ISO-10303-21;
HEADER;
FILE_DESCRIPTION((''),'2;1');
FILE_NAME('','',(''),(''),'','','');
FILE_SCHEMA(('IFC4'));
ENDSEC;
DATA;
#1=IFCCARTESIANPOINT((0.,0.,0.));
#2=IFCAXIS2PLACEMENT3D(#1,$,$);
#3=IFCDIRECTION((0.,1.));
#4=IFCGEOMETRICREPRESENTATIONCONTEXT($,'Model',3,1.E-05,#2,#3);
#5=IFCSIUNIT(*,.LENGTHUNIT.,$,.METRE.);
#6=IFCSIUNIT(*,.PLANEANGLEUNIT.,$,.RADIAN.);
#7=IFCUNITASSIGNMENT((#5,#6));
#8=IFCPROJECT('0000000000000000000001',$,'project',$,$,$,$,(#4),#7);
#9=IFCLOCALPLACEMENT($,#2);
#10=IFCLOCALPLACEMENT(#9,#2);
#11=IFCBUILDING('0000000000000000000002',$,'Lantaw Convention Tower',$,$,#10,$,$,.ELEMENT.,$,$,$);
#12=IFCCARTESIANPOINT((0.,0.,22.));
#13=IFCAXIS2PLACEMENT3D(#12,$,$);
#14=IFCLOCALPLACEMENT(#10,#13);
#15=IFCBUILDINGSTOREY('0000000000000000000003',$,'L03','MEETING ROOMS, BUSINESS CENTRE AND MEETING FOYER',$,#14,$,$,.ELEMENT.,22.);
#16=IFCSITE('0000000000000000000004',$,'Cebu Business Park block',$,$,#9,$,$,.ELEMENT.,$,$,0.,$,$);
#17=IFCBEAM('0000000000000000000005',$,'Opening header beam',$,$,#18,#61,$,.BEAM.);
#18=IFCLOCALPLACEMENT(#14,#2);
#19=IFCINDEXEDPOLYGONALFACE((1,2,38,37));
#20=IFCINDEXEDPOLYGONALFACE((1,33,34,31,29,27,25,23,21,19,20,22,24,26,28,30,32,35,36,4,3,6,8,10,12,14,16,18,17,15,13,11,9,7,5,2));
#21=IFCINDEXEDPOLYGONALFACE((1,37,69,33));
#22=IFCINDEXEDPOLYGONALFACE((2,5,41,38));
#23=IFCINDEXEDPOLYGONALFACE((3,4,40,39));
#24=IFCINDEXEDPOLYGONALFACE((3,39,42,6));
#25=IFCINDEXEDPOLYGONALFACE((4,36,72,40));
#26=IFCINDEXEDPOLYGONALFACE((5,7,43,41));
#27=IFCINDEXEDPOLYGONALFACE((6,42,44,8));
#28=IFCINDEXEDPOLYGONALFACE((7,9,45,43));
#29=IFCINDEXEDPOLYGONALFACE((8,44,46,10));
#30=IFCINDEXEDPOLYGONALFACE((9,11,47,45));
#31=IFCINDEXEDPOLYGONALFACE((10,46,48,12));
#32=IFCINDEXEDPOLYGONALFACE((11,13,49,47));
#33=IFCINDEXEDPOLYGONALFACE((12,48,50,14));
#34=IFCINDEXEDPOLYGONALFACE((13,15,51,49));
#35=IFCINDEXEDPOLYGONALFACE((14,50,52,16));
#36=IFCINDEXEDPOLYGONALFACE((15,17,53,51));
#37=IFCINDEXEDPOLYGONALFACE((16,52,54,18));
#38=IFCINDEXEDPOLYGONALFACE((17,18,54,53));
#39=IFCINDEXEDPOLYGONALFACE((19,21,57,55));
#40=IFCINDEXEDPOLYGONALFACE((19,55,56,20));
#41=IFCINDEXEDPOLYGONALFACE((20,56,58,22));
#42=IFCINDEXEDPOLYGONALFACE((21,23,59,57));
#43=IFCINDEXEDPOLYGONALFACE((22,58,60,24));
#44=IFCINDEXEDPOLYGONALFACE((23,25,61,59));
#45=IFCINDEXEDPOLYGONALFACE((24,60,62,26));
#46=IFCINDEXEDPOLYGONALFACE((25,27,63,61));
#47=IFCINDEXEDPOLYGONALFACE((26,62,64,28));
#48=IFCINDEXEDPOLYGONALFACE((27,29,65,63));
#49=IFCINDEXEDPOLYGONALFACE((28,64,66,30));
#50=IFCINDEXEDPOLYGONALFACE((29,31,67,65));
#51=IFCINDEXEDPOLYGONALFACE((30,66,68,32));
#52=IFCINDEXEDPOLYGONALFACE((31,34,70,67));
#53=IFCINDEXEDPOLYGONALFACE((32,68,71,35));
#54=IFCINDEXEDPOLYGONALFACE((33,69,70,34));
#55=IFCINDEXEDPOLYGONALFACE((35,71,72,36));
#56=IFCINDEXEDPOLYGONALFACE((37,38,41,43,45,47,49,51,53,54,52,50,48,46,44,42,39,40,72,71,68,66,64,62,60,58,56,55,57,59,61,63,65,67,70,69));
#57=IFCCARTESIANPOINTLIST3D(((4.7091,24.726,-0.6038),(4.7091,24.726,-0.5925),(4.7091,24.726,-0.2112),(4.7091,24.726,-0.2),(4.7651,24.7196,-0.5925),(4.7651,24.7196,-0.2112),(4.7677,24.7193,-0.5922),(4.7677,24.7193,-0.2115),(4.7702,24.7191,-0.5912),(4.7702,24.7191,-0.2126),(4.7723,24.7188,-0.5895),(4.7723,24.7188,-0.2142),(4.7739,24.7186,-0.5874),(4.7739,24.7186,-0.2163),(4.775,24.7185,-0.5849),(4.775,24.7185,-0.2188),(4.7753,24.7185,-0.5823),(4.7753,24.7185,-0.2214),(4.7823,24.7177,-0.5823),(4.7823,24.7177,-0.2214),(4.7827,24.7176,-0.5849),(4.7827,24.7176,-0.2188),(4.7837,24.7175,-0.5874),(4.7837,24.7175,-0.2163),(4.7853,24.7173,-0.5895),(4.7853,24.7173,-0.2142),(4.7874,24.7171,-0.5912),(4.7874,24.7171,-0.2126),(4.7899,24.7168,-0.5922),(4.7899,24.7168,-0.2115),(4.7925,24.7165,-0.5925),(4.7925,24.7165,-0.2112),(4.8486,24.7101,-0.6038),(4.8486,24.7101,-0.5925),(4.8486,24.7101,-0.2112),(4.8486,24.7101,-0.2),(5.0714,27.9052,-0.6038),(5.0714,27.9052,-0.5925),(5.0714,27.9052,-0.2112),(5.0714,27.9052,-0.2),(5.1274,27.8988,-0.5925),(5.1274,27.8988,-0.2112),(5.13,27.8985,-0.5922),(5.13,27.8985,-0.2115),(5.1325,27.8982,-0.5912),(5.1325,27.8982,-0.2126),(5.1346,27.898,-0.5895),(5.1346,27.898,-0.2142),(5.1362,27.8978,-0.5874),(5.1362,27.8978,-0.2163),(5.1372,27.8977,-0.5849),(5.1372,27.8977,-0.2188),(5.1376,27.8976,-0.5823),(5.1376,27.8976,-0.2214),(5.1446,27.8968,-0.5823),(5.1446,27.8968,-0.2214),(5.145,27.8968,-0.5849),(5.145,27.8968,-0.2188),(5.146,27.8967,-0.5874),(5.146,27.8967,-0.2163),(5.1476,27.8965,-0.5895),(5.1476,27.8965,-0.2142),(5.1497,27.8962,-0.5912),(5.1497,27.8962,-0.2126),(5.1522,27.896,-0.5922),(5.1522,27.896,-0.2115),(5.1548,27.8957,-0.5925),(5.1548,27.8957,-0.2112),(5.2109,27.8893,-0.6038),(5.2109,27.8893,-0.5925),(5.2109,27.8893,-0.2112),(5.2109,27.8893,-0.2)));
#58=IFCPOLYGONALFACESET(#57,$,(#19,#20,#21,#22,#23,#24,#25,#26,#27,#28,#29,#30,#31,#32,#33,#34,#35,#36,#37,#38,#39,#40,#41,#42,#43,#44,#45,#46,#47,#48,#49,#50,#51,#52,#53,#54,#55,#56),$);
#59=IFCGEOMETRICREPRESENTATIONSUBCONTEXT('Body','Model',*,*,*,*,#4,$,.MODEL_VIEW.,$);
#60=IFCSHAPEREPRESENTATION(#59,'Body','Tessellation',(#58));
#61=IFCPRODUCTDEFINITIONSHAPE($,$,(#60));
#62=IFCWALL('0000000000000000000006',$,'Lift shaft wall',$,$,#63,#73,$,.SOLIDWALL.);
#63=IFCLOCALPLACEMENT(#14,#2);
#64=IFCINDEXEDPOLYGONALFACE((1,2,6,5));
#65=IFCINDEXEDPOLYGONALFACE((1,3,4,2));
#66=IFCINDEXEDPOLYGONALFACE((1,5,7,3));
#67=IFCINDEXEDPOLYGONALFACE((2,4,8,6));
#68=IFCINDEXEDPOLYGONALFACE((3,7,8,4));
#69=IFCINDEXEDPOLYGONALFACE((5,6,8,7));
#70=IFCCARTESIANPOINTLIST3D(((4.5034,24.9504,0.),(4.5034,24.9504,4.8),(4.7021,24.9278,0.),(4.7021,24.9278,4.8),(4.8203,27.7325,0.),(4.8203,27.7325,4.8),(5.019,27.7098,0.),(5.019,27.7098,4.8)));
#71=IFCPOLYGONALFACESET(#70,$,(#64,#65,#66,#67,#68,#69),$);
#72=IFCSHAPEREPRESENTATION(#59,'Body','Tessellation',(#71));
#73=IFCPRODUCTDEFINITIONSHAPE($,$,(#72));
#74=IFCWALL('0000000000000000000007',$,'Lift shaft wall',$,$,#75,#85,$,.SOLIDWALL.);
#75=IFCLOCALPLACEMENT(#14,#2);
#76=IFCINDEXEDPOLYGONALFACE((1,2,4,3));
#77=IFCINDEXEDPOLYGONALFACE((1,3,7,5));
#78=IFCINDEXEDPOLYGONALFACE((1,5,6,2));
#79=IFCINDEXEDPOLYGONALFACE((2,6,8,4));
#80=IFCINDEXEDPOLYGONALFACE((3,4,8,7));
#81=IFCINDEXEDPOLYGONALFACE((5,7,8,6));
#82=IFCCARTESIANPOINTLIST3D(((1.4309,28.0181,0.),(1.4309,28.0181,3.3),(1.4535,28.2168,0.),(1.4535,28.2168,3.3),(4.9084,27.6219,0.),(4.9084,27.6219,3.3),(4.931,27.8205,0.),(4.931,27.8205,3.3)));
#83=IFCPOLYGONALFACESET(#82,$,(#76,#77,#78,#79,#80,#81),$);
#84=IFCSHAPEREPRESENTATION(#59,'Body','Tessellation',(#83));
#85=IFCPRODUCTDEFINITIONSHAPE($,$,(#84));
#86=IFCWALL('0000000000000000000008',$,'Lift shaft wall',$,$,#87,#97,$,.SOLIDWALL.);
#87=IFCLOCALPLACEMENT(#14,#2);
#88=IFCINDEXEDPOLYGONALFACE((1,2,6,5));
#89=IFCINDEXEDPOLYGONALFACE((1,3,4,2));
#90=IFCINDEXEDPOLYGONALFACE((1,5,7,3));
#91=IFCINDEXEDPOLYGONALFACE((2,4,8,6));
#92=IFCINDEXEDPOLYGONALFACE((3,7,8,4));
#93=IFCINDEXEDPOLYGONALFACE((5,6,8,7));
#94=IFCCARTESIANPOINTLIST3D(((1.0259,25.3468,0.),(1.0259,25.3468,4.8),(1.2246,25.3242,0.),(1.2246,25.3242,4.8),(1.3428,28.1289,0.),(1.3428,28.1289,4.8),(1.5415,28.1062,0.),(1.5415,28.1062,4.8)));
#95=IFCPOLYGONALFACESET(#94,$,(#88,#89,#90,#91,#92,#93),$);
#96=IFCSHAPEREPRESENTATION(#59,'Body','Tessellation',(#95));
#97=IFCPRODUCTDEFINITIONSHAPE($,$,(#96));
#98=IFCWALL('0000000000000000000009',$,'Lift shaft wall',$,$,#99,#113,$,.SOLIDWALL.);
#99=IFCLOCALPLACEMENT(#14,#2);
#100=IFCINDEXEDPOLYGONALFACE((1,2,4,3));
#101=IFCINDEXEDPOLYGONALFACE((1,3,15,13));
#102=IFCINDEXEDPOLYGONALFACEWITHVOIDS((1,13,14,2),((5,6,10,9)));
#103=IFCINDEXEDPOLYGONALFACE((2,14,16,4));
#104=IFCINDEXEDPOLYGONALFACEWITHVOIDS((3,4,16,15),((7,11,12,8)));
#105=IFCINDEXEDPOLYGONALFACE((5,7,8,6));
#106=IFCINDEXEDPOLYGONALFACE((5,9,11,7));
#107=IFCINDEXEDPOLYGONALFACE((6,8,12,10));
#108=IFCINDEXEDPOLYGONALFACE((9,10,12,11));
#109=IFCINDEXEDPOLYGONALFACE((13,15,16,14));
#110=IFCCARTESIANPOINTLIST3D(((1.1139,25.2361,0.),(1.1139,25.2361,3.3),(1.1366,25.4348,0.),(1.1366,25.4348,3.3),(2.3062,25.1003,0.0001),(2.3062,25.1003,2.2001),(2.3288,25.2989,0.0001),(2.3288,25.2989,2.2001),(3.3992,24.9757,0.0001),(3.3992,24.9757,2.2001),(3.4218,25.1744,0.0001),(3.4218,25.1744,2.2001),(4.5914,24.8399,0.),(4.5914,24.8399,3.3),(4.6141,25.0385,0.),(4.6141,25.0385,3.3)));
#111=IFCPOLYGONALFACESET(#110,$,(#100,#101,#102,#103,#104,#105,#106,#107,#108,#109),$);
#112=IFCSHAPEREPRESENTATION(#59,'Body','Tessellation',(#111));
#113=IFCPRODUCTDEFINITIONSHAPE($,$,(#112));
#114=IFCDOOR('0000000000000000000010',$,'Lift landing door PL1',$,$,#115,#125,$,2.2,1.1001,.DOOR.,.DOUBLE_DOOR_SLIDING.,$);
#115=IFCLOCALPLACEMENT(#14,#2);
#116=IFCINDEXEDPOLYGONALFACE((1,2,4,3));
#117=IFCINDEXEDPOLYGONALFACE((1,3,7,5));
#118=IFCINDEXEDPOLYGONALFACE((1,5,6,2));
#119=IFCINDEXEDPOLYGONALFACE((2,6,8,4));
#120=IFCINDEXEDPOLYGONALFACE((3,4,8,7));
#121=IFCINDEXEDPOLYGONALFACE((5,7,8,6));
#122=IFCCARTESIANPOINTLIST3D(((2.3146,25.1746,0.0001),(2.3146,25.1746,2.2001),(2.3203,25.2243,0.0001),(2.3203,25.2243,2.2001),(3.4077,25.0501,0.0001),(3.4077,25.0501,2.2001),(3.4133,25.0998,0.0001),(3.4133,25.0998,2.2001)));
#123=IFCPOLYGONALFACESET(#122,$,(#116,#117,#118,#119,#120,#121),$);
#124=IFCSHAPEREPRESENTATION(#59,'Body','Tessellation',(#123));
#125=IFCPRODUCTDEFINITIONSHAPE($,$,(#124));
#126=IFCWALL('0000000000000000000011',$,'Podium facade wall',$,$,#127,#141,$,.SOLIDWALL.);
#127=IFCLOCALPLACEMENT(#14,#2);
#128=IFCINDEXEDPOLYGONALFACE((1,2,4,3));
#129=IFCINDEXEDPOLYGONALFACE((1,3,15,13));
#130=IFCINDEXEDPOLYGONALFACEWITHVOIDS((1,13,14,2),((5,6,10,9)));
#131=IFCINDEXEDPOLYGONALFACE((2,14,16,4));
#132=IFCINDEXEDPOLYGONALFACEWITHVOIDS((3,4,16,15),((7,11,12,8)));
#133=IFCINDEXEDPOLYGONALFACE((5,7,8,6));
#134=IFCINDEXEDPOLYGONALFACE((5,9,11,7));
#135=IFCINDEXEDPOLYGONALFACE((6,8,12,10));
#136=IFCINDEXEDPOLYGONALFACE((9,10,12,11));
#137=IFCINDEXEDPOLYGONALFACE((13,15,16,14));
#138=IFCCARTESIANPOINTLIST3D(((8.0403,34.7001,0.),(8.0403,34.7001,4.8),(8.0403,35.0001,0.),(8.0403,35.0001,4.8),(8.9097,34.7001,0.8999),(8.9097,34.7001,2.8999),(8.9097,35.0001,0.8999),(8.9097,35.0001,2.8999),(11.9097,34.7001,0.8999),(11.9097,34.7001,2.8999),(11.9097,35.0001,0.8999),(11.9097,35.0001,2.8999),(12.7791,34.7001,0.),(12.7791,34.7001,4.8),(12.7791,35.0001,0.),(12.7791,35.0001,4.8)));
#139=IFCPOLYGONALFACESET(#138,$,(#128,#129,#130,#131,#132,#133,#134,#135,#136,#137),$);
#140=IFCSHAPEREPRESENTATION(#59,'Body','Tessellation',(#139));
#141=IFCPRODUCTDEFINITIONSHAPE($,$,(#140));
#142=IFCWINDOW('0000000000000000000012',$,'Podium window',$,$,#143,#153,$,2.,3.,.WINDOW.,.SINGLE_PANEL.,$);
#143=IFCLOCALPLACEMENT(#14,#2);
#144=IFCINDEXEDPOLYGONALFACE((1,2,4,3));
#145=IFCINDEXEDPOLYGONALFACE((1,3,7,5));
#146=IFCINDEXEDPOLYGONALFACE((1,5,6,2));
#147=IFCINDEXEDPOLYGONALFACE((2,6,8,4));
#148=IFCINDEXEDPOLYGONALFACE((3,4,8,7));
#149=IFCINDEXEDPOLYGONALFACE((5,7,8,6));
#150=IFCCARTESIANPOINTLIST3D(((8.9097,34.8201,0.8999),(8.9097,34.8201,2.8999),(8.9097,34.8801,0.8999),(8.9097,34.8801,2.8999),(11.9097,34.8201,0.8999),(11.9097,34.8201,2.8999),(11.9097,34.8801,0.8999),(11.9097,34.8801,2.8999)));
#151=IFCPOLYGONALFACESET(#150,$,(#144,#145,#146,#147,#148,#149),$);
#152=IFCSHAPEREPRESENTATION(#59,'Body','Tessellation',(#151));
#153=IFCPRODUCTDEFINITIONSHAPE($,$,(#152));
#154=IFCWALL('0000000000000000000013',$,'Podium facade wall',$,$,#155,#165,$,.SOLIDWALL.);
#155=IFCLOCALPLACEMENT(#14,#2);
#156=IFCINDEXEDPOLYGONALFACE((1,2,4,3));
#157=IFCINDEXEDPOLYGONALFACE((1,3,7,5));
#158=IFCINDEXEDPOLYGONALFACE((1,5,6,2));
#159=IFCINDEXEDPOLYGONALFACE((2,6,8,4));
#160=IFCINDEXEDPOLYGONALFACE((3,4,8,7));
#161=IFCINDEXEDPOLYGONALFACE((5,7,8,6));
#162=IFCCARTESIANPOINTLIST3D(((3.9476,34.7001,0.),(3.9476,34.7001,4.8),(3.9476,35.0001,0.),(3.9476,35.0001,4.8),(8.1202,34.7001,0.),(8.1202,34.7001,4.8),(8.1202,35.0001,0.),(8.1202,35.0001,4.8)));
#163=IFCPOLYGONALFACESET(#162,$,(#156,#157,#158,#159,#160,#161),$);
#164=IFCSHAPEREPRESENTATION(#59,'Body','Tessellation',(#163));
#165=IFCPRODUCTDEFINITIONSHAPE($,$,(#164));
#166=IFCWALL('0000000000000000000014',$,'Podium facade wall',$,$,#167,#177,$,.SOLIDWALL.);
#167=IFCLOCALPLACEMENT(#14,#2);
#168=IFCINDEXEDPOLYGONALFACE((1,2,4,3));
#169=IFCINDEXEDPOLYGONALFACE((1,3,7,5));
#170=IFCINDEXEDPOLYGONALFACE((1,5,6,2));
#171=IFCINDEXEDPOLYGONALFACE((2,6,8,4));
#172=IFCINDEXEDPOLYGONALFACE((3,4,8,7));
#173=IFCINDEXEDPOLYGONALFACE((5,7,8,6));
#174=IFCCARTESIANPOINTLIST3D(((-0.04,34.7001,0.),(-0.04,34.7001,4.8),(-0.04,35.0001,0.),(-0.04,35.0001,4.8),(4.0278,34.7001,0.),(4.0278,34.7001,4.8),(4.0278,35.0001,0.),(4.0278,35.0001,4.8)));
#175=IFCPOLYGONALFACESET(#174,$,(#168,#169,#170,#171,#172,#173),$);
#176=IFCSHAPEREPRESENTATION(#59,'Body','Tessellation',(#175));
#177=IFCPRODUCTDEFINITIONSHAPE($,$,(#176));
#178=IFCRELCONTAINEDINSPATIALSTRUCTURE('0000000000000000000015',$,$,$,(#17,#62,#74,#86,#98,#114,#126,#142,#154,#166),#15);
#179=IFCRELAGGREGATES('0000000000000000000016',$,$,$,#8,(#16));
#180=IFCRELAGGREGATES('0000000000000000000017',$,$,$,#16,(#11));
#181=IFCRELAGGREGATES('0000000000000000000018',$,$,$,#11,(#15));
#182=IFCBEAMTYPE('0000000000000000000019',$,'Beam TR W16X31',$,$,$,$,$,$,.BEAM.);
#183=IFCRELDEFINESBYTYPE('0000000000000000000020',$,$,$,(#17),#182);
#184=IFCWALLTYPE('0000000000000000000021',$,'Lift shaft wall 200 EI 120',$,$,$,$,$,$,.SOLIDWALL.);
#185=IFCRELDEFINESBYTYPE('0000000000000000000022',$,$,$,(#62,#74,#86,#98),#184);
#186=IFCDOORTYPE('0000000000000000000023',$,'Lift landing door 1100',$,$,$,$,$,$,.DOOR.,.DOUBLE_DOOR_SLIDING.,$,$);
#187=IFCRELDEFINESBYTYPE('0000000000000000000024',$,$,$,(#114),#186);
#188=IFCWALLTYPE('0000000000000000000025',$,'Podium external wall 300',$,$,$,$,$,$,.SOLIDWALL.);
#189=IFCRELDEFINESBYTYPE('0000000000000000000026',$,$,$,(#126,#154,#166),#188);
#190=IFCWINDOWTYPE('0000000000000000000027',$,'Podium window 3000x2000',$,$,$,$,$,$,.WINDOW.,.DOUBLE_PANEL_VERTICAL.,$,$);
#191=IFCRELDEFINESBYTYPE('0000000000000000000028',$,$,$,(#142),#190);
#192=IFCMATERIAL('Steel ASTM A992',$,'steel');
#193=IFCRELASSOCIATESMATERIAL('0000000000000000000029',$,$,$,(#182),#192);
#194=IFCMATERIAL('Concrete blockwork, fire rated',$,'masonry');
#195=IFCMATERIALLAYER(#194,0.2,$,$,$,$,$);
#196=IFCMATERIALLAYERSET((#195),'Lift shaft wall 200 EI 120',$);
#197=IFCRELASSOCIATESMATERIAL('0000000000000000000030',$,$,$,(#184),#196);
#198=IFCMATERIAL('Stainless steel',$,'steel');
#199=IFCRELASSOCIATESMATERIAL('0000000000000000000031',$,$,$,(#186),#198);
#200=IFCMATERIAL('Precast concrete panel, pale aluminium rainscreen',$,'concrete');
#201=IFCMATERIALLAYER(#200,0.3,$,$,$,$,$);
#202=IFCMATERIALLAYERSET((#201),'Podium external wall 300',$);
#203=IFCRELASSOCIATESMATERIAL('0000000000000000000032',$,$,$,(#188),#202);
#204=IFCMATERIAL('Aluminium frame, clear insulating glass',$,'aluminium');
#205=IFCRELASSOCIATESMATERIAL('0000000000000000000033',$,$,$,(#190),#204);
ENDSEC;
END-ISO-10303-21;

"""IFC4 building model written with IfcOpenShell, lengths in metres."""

from ifc_helpers import new_model, si_unit, direction, frame, frame_2d, origin, origin_2d, place, context, subcontext, project, spatial, rectangle, i_section, extrude, material, layer, layer_set, material_profile, profile_set, type_object, element, fill, save


model = new_model("IFC4")

# Units and contexts
model_context = context("Model", 3, precision=1e-05, world=origin(), true_north=direction((0.0, 1.0)))
body_context = subcontext(model_context, "Body", "Model", "MODEL_VIEW")
ifc_project = project(units=[si_unit("LENGTHUNIT", "METRE"), si_unit("PLANEANGLEUNIT", "RADIAN")], contexts=[model_context])

# Site, building, storey
site_placement = place(None, origin())
site = spatial("IfcSite", under=ifc_project, at=site_placement, Name="Cebu Business Park block", CompositionType="ELEMENT", RefElevation=0.0)
building_placement = place(site_placement, origin())
building = spatial("IfcBuilding", under=site, at=building_placement, Name="Lantaw Convention Tower", CompositionType="ELEMENT")
storey_placement = place(building_placement, frame((0.0, 0.0, 22.0)))
storey = spatial("IfcBuildingStorey", under=building, at=storey_placement, Name="L03", Description="MEETING ROOMS, BUSINESS CENTRE AND MEETING FOYER", CompositionType="ELEMENT", Elevation=22.0)

# Beam
ifc_material_1 = material(Name="Steel ASTM A992", Category="steel")
ifc_material_profile_1 = material_profile(ifc_material_1, i_section(OverallWidth=0.1404, OverallDepth=0.4038, WebThickness=0.0071, FlangeThickness=0.0112, FilletRadius=0.0103, at=origin_2d()), Name="W16X31")
ifc_profile_set_1 = profile_set([ifc_material_profile_1], Name="Steel ASTM A992")
beam_type_1 = type_object("IfcBeamType", Name="Beam TR W16X31", PredefinedType="BEAM", material=ifc_profile_set_1)
beam_1_placement = place(storey_placement, frame((5.1411, 27.8972, -0.4019), z_axis=(-0.113228, -0.993569, 0.0), x_axis=(0.993569, -0.113228, 0.0)))
element("IfcBeam", 1, at=beam_1_placement, inside=storey, type_object=beam_type_1, Name="Opening header beam", PredefinedType="BEAM", context=body_context, shape_type="SweptSolid", body=[
    extrude(i_section(OverallWidth=0.1404, OverallDepth=0.4038, WebThickness=0.0071, FlangeThickness=0.0112, FilletRadius=0.0103, at=origin_2d()), origin(), (0.0, 0.0, 1.0), 3.1997),
])

# Walls
ifc_material_2 = material(Name="Concrete blockwork, fire rated", Category="masonry")
ifc_layer_1 = layer(ifc_material_2, 0.2)
ifc_layer_set_1 = layer_set([ifc_layer_1], Name="Lift shaft wall 200 EI 120")
wall_type_1 = type_object("IfcWallType", Name="Lift shaft wall 200 EI 120", PredefinedType="SOLIDWALL", material=ifc_layer_set_1)
wall_1_placement = place(storey_placement, frame((4.6028, 24.9392, 0.0), z_axis=(0.0, 0.0, 1.0), x_axis=(0.113178, 0.993575, 0.0)))
element("IfcWall", 2, at=wall_1_placement, inside=storey, type_object=wall_type_1, Name="Lift shaft wall", PredefinedType="SOLIDWALL", context=body_context, shape_type="SweptSolid", body=[
    extrude(rectangle(XDim=2.8, YDim=0.2, at=frame_2d((1.3999, 0.0))), origin(), (0.0, 0.0, 1.0), 4.8),
])
wall_2_placement = place(storey_placement, frame((4.9197, 27.7212, 0.0), z_axis=(0.0, 0.0, 1.0), x_axis=(-0.993571, 0.11321, 0.0)))
element("IfcWall", 3, at=wall_2_placement, inside=storey, type_object=wall_type_1, Name="Lift shaft wall", PredefinedType="SOLIDWALL", context=body_context, shape_type="SweptSolid", body=[
    extrude(rectangle(XDim=3.5, YDim=0.2, at=frame_2d((1.75, 0.0))), origin(), (0.0, 0.0, 1.0), 3.3),
])
wall_3_placement = place(storey_placement, frame((1.4421, 28.1174, 0.0), z_axis=(0.0, 0.0, 1.0), x_axis=(-0.113178, -0.993575, 0.0)))
element("IfcWall", 4, at=wall_3_placement, inside=storey, type_object=wall_type_1, Name="Lift shaft wall", PredefinedType="SOLIDWALL", context=body_context, shape_type="SweptSolid", body=[
    extrude(rectangle(XDim=2.8, YDim=0.2, at=frame_2d((1.3999, 0.0))), origin(), (0.0, 0.0, 1.0), 4.8),
])

# Wall, opening, door
wall_4_placement = place(storey_placement, frame((1.1252, 25.3354, 0.0), z_axis=(0.0, 0.0, 1.0), x_axis=(0.993571, -0.11321, 0.0)))
wall_4 = element("IfcWall", 5, at=wall_4_placement, inside=storey, type_object=wall_type_1, Name="Lift shaft wall", PredefinedType="SOLIDWALL", context=body_context, shape_type="SweptSolid", body=[
    extrude(rectangle(XDim=3.5, YDim=0.2, at=frame_2d((1.75, 0.0))), origin(), (0.0, 0.0, 1.0), 3.3),
])
opening_1_placement = place(wall_4_placement, frame((1.2, 0.0, 0.0)))
opening_1 = element("IfcOpeningElement", 6, at=opening_1_placement, cuts=wall_4, PredefinedType="OPENING", context=body_context, shape_type="SweptSolid", body=[
    extrude(rectangle(XDim=1.1001, YDim=2.2, at=frame_2d((0.55, 1.1001))), frame((0.0, 0.1099, 0.0), z_axis=(0.0, -1.0, 0.0), x_axis=(1.0, 0.0, 0.0)), (0.0, 0.0, 1.0), 0.22),
])
ifc_material_3 = material(Name="Stainless steel", Category="steel")
door_type_1 = type_object("IfcDoorType", Name="Lift landing door 1100", OperationType="DOUBLE_DOOR_SLIDING", PredefinedType="DOOR", material=ifc_material_3)
door_1_placement = place(opening_1_placement, origin())
door_1 = element("IfcDoor", 7, at=door_1_placement, inside=storey, type_object=door_type_1, Name="Lift landing door PL1", OperationType="DOUBLE_DOOR_SLIDING", OverallHeight=2.2, OverallWidth=1.1001, PredefinedType="DOOR", context=body_context, shape_type="SweptSolid", body=[
    extrude(rectangle(XDim=1.1001, YDim=2.2, at=frame_2d((0.55, 1.1001))), frame((0.0, 0.0249, 0.0), z_axis=(0.0, -1.0, 0.0), x_axis=(1.0, 0.0, 0.0)), (0.0, 0.0, 1.0), 0.05),
])
fill(opening_1, door_1)

# Wall, opening, window
ifc_material_4 = material(Name="Precast concrete panel, pale aluminium rainscreen", Category="concrete")
ifc_layer_2 = layer(ifc_material_4, 0.3)
ifc_layer_set_2 = layer_set([ifc_layer_2], Name="Podium external wall 300")
wall_type_2 = type_object("IfcWallType", Name="Podium external wall 300", PredefinedType="SOLIDWALL", material=ifc_layer_set_2)
wall_5_placement = place(storey_placement, frame((12.7791, 34.8501, 0.0), z_axis=(0.0, 0.0, 1.0), x_axis=(-1.0, 0.0, 0.0)))
wall_5 = element("IfcWall", 8, at=wall_5_placement, inside=storey, type_object=wall_type_2, Name="Podium facade wall", PredefinedType="SOLIDWALL", context=body_context, shape_type="SweptSolid", body=[
    extrude(rectangle(XDim=4.7388, YDim=0.3, at=frame_2d((2.3694, 0.0))), origin(), (0.0, 0.0, 1.0), 4.8),
])
opening_2_placement = place(wall_5_placement, frame((0.8694, 0.0, 0.8999)))
opening_2 = element("IfcOpeningElement", 9, at=opening_2_placement, cuts=wall_5, PredefinedType="OPENING", context=body_context, shape_type="SweptSolid", body=[
    extrude(rectangle(XDim=3.0, YDim=2.0, at=frame_2d((1.5, 1.0))), frame((0.0, 0.1599, 0.0), z_axis=(0.0, -1.0, 0.0), x_axis=(1.0, 0.0, 0.0)), (0.0, 0.0, 1.0), 0.3201),
])
ifc_material_5 = material(Name="Aluminium frame, clear insulating glass", Category="aluminium")
window_type = type_object("IfcWindowType", Name="Podium window 3000x2000", PartitioningType="DOUBLE_PANEL_VERTICAL", PredefinedType="WINDOW", material=ifc_material_5)
window_placement = place(opening_2_placement, origin())
window = element("IfcWindow", 10, at=window_placement, inside=storey, type_object=window_type, Name="Podium window", OverallHeight=2.0, OverallWidth=3.0, PartitioningType="SINGLE_PANEL", PredefinedType="WINDOW", context=body_context, shape_type="SweptSolid", body=[
    extrude(rectangle(XDim=3.0, YDim=2.0, at=frame_2d((1.5, 1.0))), frame((0.0, 0.03, 0.0), z_axis=(0.0, -1.0, 0.0), x_axis=(1.0, 0.0, 0.0)), (0.0, 0.0, 1.0), 0.0601),
])
fill(opening_2, window)

# Walls
wall_6_placement = place(storey_placement, frame((8.1204, 34.8501, 0.0), z_axis=(0.0, 0.0, 1.0), x_axis=(-1.0, 0.0, 0.0)))
element("IfcWall", 11, at=wall_6_placement, inside=storey, type_object=wall_type_2, Name="Podium facade wall", PredefinedType="SOLIDWALL", context=body_context, shape_type="SweptSolid", body=[
    extrude(rectangle(XDim=4.1726, YDim=0.3, at=frame_2d((2.0864, 0.0))), origin(), (0.0, 0.0, 1.0), 4.8),
])
for number, where, z_axis, x_axis, name in (
    (12, (4.0278, 34.8501, 0.0), (0.0, 0.0, 1.0), (-1.0, 0.0, 0.0), "Podium facade wall"),
):
    element("IfcWall", number, at=place(storey_placement, frame(where, z_axis=z_axis, x_axis=x_axis)), inside=storey, type_object=wall_type_2, Name=name, PredefinedType="SOLIDWALL", context=body_context, shape_type="SweptSolid", body=[
        extrude(rectangle(XDim=4.0679, YDim=0.3, at=frame_2d((2.0339, 0.0))), origin(), (0.0, 0.0, 1.0), 4.8),
    ])

save(model, "model.ifc")
